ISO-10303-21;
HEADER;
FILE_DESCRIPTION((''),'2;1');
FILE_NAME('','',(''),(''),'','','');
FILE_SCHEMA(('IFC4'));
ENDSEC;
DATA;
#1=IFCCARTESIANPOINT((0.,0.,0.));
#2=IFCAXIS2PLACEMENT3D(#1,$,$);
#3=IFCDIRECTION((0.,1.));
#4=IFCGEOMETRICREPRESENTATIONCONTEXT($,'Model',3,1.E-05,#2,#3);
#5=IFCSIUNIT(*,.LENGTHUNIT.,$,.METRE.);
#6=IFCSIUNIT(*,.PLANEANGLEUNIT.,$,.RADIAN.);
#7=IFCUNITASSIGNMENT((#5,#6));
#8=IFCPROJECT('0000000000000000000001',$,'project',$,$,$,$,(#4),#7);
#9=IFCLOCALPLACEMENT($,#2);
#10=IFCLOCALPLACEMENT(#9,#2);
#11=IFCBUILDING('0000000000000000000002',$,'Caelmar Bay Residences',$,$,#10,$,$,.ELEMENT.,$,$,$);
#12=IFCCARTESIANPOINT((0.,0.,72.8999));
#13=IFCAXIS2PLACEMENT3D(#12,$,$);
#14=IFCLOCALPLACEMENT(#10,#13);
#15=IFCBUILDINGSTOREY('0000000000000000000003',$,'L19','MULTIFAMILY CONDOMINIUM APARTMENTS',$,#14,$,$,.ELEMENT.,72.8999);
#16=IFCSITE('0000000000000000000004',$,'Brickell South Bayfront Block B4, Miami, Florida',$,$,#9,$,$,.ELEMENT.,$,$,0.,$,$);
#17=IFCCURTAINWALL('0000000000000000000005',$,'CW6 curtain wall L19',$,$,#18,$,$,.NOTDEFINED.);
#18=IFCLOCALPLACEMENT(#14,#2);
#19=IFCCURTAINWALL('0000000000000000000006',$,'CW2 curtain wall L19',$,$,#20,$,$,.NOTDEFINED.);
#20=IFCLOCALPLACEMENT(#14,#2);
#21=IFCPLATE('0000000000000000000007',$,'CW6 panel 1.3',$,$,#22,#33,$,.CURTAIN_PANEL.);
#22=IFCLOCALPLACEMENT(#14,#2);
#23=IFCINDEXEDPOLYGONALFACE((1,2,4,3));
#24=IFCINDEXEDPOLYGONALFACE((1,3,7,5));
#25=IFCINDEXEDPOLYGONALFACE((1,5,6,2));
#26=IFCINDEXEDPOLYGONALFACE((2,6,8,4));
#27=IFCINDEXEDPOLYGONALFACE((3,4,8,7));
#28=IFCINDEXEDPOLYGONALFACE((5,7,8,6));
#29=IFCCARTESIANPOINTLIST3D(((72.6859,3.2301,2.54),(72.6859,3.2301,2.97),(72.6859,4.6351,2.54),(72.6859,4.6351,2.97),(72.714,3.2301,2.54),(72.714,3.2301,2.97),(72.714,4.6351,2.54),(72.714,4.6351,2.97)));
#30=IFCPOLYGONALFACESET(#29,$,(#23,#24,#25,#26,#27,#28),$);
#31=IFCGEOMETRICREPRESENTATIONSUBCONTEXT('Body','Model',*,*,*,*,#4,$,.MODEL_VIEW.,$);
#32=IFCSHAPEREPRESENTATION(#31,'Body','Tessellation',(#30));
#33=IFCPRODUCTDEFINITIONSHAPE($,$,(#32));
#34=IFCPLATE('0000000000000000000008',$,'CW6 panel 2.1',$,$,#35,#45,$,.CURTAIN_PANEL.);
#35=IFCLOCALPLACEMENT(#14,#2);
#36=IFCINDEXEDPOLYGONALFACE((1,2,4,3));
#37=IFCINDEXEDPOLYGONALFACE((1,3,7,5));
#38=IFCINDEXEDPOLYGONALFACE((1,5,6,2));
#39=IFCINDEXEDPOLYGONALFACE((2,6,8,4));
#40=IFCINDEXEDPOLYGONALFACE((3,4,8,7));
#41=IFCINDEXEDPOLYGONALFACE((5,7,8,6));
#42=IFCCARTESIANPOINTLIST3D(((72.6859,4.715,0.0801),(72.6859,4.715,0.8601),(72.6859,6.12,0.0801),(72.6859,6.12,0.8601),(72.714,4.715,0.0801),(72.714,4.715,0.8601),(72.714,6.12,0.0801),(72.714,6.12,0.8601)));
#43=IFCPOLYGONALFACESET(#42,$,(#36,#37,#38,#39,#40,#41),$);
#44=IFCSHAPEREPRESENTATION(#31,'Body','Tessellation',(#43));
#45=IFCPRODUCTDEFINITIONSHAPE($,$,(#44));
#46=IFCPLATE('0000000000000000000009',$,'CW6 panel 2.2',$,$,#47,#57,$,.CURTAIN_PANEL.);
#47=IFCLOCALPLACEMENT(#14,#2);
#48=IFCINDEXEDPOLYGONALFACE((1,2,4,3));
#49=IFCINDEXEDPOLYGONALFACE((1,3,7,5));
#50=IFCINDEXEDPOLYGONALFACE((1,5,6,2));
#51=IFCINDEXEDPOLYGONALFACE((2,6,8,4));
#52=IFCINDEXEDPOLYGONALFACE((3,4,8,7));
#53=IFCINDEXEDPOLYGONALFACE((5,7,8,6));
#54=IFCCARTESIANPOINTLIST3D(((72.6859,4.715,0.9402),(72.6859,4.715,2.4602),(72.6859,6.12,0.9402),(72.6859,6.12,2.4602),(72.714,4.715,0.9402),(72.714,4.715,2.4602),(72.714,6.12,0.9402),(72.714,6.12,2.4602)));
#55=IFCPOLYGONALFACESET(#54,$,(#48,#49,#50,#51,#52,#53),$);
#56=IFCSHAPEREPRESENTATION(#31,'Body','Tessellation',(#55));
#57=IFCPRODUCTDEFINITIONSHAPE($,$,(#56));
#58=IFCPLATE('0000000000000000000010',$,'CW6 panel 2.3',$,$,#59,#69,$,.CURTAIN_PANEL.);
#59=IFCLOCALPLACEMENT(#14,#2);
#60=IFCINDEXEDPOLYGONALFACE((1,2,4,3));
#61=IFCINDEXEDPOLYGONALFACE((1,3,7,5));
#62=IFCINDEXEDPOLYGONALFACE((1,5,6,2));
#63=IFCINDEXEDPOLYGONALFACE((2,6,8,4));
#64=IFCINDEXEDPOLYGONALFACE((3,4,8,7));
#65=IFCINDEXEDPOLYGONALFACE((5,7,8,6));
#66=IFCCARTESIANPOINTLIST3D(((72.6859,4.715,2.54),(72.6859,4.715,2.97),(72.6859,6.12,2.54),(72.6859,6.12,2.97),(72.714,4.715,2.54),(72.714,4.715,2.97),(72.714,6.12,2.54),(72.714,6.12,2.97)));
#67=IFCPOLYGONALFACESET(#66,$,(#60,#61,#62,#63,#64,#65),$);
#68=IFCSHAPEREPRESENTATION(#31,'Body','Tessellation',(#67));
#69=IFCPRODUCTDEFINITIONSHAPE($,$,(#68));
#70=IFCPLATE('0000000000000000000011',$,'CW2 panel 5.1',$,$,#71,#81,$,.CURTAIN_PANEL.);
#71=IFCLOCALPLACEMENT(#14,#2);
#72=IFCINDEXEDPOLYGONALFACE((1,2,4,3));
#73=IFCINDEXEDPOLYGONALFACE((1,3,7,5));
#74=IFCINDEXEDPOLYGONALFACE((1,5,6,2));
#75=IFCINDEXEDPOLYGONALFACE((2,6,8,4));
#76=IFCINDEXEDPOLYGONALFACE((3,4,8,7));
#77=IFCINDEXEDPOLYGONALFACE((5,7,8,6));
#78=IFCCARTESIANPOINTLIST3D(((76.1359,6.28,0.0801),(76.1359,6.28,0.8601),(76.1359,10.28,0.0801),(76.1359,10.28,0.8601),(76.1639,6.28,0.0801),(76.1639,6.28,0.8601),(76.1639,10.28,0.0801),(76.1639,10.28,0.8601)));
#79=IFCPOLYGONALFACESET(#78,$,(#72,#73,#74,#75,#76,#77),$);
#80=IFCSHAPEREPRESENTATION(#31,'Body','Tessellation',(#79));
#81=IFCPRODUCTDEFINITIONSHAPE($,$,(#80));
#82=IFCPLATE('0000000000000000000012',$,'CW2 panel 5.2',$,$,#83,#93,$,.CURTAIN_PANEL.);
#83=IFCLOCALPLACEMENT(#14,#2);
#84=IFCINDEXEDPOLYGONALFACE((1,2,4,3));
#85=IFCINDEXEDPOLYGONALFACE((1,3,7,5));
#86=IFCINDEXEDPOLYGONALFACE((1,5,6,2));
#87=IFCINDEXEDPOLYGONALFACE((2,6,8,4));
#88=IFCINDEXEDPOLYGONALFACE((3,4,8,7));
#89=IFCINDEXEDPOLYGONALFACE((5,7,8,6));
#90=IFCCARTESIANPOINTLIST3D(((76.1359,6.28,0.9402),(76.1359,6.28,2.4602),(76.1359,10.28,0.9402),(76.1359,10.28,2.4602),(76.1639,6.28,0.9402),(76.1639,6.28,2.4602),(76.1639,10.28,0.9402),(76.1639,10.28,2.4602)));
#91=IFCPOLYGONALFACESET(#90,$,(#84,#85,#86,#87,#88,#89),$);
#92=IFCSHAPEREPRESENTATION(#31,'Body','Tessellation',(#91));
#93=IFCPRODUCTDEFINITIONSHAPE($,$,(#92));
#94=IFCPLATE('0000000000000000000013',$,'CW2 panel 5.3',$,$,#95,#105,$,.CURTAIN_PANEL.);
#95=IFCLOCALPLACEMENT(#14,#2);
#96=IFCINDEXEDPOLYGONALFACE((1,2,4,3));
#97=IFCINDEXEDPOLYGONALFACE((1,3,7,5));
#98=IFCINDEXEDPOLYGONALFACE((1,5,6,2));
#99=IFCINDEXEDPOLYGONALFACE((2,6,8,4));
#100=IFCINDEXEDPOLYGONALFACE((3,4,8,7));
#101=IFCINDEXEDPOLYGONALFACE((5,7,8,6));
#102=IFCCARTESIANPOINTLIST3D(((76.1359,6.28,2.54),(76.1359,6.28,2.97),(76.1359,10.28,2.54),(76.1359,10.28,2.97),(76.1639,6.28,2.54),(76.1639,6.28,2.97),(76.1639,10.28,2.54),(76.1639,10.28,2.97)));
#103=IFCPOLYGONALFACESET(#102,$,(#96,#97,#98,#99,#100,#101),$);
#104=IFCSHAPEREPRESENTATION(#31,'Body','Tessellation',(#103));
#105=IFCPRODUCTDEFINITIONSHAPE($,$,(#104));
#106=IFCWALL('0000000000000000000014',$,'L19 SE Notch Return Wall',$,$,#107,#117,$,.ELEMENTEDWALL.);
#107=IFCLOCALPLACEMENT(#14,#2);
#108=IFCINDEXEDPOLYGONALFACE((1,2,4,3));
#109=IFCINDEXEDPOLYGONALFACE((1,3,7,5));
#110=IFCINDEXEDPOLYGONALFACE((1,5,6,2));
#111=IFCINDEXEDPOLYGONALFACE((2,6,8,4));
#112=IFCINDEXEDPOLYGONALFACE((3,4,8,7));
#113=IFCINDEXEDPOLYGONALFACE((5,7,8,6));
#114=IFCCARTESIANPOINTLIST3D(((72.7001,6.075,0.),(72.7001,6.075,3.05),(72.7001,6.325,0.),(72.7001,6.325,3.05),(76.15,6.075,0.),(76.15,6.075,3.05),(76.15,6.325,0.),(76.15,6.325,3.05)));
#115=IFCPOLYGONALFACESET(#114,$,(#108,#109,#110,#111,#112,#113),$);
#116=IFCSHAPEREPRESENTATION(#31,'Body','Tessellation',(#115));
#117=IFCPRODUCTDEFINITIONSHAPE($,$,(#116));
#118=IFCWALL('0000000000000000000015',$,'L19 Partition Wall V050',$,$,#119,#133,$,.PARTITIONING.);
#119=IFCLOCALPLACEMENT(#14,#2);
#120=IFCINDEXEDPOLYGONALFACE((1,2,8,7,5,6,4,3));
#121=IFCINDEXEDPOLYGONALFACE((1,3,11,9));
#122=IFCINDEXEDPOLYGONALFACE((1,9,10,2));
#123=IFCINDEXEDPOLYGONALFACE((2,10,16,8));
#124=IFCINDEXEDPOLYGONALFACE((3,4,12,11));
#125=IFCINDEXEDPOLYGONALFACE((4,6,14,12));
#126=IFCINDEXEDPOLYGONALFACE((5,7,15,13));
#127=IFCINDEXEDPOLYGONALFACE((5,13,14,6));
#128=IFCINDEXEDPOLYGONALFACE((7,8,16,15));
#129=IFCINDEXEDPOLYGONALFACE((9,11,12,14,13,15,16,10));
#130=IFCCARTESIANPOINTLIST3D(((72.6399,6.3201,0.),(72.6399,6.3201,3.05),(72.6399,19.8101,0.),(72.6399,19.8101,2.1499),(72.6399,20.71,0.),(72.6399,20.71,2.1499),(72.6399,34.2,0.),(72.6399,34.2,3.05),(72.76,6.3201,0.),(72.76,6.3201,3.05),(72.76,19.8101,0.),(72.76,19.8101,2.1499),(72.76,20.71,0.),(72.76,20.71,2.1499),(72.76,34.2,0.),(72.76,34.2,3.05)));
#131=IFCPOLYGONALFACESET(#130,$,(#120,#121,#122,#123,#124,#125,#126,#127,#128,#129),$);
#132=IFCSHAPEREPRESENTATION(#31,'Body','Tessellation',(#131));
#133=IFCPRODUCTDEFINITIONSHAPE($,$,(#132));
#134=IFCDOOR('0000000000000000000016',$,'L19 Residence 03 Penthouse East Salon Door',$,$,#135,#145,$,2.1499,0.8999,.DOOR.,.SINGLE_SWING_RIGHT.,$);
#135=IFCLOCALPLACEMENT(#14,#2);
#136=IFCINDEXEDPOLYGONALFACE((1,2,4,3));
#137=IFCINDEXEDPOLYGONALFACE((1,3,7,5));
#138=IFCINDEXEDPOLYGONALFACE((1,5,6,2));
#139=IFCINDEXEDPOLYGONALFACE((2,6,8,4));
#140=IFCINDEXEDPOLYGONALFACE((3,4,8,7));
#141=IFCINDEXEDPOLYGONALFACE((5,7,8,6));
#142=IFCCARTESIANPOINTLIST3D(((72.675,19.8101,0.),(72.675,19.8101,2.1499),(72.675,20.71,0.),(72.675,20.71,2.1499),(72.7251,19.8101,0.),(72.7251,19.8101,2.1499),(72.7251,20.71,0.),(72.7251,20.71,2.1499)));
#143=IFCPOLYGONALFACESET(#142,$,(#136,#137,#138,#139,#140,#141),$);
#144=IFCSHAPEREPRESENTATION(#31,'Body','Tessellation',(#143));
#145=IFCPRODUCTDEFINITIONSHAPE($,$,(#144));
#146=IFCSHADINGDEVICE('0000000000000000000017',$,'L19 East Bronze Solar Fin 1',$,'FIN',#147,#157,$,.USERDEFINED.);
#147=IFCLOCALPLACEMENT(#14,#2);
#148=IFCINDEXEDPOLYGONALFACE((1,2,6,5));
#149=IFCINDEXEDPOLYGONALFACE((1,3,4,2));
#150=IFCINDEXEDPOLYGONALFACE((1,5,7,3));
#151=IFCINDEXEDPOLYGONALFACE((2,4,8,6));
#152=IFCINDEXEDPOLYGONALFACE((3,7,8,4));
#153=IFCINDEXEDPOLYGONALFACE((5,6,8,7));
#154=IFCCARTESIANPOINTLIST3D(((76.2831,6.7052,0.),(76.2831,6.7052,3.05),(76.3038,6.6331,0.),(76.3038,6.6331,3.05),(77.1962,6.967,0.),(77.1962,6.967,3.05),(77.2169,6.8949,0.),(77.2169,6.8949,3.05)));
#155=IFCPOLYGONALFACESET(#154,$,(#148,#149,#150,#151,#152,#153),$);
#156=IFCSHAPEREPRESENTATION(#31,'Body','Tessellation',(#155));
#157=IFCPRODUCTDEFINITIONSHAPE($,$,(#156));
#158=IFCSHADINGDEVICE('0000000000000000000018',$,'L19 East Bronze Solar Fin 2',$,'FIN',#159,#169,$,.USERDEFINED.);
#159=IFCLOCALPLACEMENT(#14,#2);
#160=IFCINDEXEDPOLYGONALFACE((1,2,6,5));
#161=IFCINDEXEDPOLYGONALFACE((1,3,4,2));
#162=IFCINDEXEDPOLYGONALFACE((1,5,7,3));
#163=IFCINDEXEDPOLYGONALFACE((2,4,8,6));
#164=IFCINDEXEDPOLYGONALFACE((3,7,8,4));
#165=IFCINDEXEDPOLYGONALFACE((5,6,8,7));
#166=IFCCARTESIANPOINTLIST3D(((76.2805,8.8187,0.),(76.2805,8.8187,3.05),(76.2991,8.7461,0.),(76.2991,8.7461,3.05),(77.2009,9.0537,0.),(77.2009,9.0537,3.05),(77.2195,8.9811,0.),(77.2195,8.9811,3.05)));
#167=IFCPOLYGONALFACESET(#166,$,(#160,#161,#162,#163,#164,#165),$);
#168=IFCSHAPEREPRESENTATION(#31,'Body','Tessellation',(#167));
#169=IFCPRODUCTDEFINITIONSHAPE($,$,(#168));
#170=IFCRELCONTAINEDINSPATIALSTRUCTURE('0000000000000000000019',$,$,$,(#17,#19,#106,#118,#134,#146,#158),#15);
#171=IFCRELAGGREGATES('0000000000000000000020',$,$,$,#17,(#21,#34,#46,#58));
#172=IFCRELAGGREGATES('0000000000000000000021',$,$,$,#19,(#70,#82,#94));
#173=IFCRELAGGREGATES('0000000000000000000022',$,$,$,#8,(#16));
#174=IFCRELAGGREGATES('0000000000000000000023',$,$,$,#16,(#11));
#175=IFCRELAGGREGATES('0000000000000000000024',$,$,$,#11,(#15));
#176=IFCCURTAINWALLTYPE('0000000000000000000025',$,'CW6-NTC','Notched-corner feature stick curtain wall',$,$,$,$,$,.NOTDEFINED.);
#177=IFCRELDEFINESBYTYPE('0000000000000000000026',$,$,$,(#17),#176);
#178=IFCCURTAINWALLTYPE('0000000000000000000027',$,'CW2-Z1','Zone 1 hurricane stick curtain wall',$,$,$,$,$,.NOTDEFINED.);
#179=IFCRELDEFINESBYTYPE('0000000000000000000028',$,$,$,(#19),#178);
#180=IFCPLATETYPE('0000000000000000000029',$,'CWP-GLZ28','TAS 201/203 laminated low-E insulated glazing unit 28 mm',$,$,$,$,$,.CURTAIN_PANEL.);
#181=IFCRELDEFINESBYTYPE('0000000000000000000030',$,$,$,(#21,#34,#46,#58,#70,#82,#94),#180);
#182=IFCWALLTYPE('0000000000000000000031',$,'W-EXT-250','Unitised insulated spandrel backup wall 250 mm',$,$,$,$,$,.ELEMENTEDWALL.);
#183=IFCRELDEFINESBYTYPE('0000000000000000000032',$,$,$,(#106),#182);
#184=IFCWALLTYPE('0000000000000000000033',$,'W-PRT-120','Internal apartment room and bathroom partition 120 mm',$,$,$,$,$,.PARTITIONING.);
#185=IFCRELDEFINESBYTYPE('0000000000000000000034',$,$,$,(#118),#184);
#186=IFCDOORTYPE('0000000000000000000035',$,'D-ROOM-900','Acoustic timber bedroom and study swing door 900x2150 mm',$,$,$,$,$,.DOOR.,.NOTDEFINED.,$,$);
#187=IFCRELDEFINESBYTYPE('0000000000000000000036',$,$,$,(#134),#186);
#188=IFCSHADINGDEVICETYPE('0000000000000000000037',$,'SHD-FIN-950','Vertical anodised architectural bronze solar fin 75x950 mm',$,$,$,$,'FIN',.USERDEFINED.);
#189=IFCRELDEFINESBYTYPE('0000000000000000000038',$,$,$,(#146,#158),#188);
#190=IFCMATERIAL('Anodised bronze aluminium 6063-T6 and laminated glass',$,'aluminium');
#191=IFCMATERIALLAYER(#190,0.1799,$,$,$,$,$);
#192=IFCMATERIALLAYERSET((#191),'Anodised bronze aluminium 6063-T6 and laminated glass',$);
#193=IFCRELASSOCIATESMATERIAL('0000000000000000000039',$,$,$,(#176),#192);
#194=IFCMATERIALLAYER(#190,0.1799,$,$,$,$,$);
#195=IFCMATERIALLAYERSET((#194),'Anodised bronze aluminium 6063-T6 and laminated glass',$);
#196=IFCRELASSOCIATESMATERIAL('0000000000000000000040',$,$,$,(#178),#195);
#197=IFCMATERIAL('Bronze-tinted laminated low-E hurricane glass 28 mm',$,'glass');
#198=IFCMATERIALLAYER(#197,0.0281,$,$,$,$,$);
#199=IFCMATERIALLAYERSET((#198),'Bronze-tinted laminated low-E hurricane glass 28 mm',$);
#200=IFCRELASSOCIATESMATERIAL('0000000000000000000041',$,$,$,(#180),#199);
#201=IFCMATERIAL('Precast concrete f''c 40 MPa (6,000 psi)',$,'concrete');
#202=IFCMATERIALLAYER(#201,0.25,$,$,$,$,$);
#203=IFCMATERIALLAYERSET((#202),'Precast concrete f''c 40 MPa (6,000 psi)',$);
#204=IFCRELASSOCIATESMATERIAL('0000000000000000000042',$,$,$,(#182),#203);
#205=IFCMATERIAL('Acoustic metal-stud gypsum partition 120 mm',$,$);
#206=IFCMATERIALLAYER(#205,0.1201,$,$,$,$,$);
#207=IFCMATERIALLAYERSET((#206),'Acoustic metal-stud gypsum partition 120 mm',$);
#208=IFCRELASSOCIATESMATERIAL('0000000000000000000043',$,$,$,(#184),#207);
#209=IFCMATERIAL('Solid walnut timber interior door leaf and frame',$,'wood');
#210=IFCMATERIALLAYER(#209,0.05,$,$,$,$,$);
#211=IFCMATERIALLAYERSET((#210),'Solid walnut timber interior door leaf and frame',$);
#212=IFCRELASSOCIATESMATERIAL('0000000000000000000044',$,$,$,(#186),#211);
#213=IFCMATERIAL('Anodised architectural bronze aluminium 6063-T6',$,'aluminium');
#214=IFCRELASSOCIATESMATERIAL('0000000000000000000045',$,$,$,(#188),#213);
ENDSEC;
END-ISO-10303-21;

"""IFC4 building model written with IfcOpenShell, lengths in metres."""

from ifc_helpers import new_model, si_unit, direction, frame, frame_2d, origin, origin_2d, place, context, subcontext, project, spatial, rectangle, extrude, material, layer, layer_set, material_profile, profile_set, type_object, element, fill, aggregate, save


model = new_model("IFC4")

# Units and contexts
model_context = context("Model", 3, precision=1e-05, world=origin(), true_north=direction((0.0, 1.0)))
body_context = subcontext(model_context, "Body", "Model", "MODEL_VIEW")
ifc_project = project(units=[si_unit("LENGTHUNIT", "METRE"), si_unit("PLANEANGLEUNIT", "RADIAN")], contexts=[model_context])

# Site, building, storey
site_placement = place(None, origin())
site = spatial("IfcSite", under=ifc_project, at=site_placement, Name="Brickell South Bayfront Block B4, Miami, Florida", CompositionType="ELEMENT", RefElevation=0.0)
building_placement = place(site_placement, origin())
building = spatial("IfcBuilding", under=site, at=building_placement, Name="Caelmar Bay Residences", CompositionType="ELEMENT")
storey_placement = place(building_placement, frame((0.0, 0.0, 72.8999)))
storey = spatial("IfcBuildingStorey", under=building, at=storey_placement, Name="L19", Description="MULTIFAMILY CONDOMINIUM APARTMENTS", CompositionType="ELEMENT", Elevation=72.8999)

# Curtain wall
ifc_material_1 = material(Name="Anodised bronze aluminium 6063-T6 and laminated glass", Category="aluminium")
ifc_layer_1 = layer(ifc_material_1, 0.1799)
ifc_layer_set_1 = layer_set([ifc_layer_1], Name="Anodised bronze aluminium 6063-T6 and laminated glass")
curtain_wall_type_1 = type_object("IfcCurtainWallType", Name="CW6-NTC", Description="Notched-corner feature stick curtain wall", PredefinedType="NOTDEFINED", material=ifc_layer_set_1)
curtain_wall_1_placement = place(storey_placement, origin())
curtain_wall_1 = element("IfcCurtainWall", 1, at=curtain_wall_1_placement, inside=storey, type_object=curtain_wall_type_1, Name="CW6 curtain wall L19", PredefinedType="NOTDEFINED")

# Curtain wall
ifc_layer_2 = layer(ifc_material_1, 0.1799)
ifc_layer_set_2 = layer_set([ifc_layer_2], Name="Anodised bronze aluminium 6063-T6 and laminated glass")
curtain_wall_type_2 = type_object("IfcCurtainWallType", Name="CW2-Z1", Description="Zone 1 hurricane stick curtain wall", PredefinedType="NOTDEFINED", material=ifc_layer_set_2)
curtain_wall_2_placement = place(storey_placement, origin())
curtain_wall_2 = element("IfcCurtainWall", 2, at=curtain_wall_2_placement, inside=storey, type_object=curtain_wall_type_2, Name="CW2 curtain wall L19", PredefinedType="NOTDEFINED")

# Plates
ifc_material_2 = material(Name="Bronze-tinted laminated low-E hurricane glass 28 mm", Category="glass")
ifc_layer_3 = layer(ifc_material_2, 0.0281)
ifc_layer_set_3 = layer_set([ifc_layer_3], Name="Bronze-tinted laminated low-E hurricane glass 28 mm")
plate_type = type_object("IfcPlateType", Name="CWP-GLZ28", Description="TAS 201/203 laminated low-E insulated glazing unit 28 mm", PredefinedType="CURTAIN_PANEL", material=ifc_layer_set_3)
plate_1_placement = place(storey_placement, frame((72.7, 3.9326, 2.54), z_axis=(0.0, 0.0, 1.0), x_axis=(0.0, 1.0, 0.0)))
plate_1 = element("IfcPlate", 3, at=plate_1_placement, type_object=plate_type, Name="CW6 panel 1.3", PredefinedType="CURTAIN_PANEL", context=body_context, shape_type="SweptSolid", body=[
    extrude(rectangle(XDim=1.405, YDim=0.0281, at=origin_2d()), origin(), (0.0, 0.0, 1.0), 0.4299),
])
plate_2_placement = place(storey_placement, frame((72.7, 5.4175, 0.0801), z_axis=(0.0, 0.0, 1.0), x_axis=(0.0, 1.0, 0.0)))
plate_2 = element("IfcPlate", 4, at=plate_2_placement, type_object=plate_type, Name="CW6 panel 2.1", PredefinedType="CURTAIN_PANEL", context=body_context, shape_type="SweptSolid", body=[
    extrude(rectangle(XDim=1.405, YDim=0.0281, at=origin_2d()), origin(), (0.0, 0.0, 1.0), 0.78),
])
plate_3_placement = place(storey_placement, frame((72.7, 5.4175, 0.9402), z_axis=(0.0, 0.0, 1.0), x_axis=(0.0, 1.0, 0.0)))
plate_3 = element("IfcPlate", 5, at=plate_3_placement, type_object=plate_type, Name="CW6 panel 2.2", PredefinedType="CURTAIN_PANEL", context=body_context, shape_type="SweptSolid", body=[
    extrude(rectangle(XDim=1.405, YDim=0.0281, at=origin_2d()), origin(), (0.0, 0.0, 1.0), 1.52),
])
plate_4_placement = place(storey_placement, frame((72.7, 5.4175, 2.54), z_axis=(0.0, 0.0, 1.0), x_axis=(0.0, 1.0, 0.0)))
plate_4 = element("IfcPlate", 6, at=plate_4_placement, type_object=plate_type, Name="CW6 panel 2.3", PredefinedType="CURTAIN_PANEL", context=body_context, shape_type="SweptSolid", body=[
    extrude(rectangle(XDim=1.405, YDim=0.0281, at=origin_2d()), origin(), (0.0, 0.0, 1.0), 0.4299),
])
aggregate(curtain_wall_1, [plate_1, plate_2, plate_3, plate_4])
plate_5_placement = place(storey_placement, frame((76.1499, 8.28, 0.0801), z_axis=(0.0, 0.0, 1.0), x_axis=(0.0, -1.0, 0.0)))
plate_5 = element("IfcPlate", 7, at=plate_5_placement, type_object=plate_type, Name="CW2 panel 5.1", PredefinedType="CURTAIN_PANEL", context=body_context, shape_type="SweptSolid", body=[
    extrude(rectangle(XDim=4.0, YDim=0.0281, at=origin_2d()), origin(), (0.0, 0.0, 1.0), 0.78),
])
plate_6_placement = place(storey_placement, frame((76.1499, 8.28, 0.9402), z_axis=(0.0, 0.0, 1.0), x_axis=(0.0, -1.0, 0.0)))
plate_6 = element("IfcPlate", 8, at=plate_6_placement, type_object=plate_type, Name="CW2 panel 5.2", PredefinedType="CURTAIN_PANEL", context=body_context, shape_type="SweptSolid", body=[
    extrude(rectangle(XDim=4.0, YDim=0.0281, at=origin_2d()), origin(), (0.0, 0.0, 1.0), 1.52),
])
plate_7_placement = place(storey_placement, frame((76.1499, 8.28, 2.54), z_axis=(0.0, 0.0, 1.0), x_axis=(0.0, -1.0, 0.0)))
plate_7 = element("IfcPlate", 9, at=plate_7_placement, type_object=plate_type, Name="CW2 panel 5.3", PredefinedType="CURTAIN_PANEL", context=body_context, shape_type="SweptSolid", body=[
    extrude(rectangle(XDim=4.0, YDim=0.0281, at=origin_2d()), origin(), (0.0, 0.0, 1.0), 0.4299),
])
aggregate(curtain_wall_2, [plate_5, plate_6, plate_7])

# Wall
ifc_material_3 = material(Name="Precast concrete f'c 40 MPa (6,000 psi)", Category="concrete")
ifc_layer_4 = layer(ifc_material_3, 0.25)
ifc_layer_set_4 = layer_set([ifc_layer_4], Name="Precast concrete f'c 40 MPa (6,000 psi)")
wall_type_1 = type_object("IfcWallType", Name="W-EXT-250", Description="Unitised insulated spandrel backup wall 250 mm", PredefinedType="ELEMENTEDWALL", material=ifc_layer_set_4)
wall_1_placement = place(storey_placement, frame((72.7, 6.2, 0.0), z_axis=(0.0, 0.0, 1.0), x_axis=(1.0, 0.0, 0.0)))
element("IfcWall", 10, at=wall_1_placement, inside=storey, type_object=wall_type_1, Name="L19 SE Notch Return Wall", PredefinedType="ELEMENTEDWALL", context=body_context, shape_type="SweptSolid", body=[
    extrude(rectangle(XDim=3.45, YDim=0.25, at=frame_2d((1.7251, 0.0))), origin(), (0.0, 0.0, 1.0), 3.05),
])

# Wall, opening, door
ifc_material_4 = material(Name="Acoustic metal-stud gypsum partition 120 mm")
ifc_layer_5 = layer(ifc_material_4, 0.1201)
ifc_layer_set_5 = layer_set([ifc_layer_5], Name="Acoustic metal-stud gypsum partition 120 mm")
wall_type_2 = type_object("IfcWallType", Name="W-PRT-120", Description="Internal apartment room and bathroom partition 120 mm", PredefinedType="PARTITIONING", material=ifc_layer_set_5)
wall_2_placement = place(storey_placement, frame((72.7, 6.3201, 0.0), z_axis=(0.0, 0.0, 1.0), x_axis=(0.0, 1.0, 0.0)))
wall_2 = element("IfcWall", 11, at=wall_2_placement, inside=storey, type_object=wall_type_2, Name="L19 Partition Wall V050", PredefinedType="PARTITIONING", context=body_context, shape_type="SweptSolid", body=[
    extrude(rectangle(XDim=27.8799, YDim=0.1201, at=frame_2d((13.9399, 0.0))), origin(), (0.0, 0.0, 1.0), 3.05),
])
opening_placement = place(wall_2_placement, frame((13.49, 0.0, 0.0)))
opening = element("IfcOpeningElement", 12, at=opening_placement, cuts=wall_2, PredefinedType="OPENING", context=body_context, shape_type="SweptSolid", body=[
    extrude(rectangle(XDim=0.8999, YDim=2.1499, at=frame_2d((0.45, 1.075))), frame((0.0, 0.0701, 0.0), z_axis=(0.0, -1.0, 0.0), x_axis=(1.0, 0.0, 0.0)), (0.0, 0.0, 1.0), 0.1401),
])
ifc_material_5 = material(Name="Solid walnut timber interior door leaf and frame", Category="wood")
ifc_layer_6 = layer(ifc_material_5, 0.05)
ifc_layer_set_6 = layer_set([ifc_layer_6], Name="Solid walnut timber interior door leaf and frame")
door_type = type_object("IfcDoorType", Name="D-ROOM-900", Description="Acoustic timber bedroom and study swing door 900x2150 mm", OperationType="NOTDEFINED", PredefinedType="DOOR", material=ifc_layer_set_6)
door_placement = place(opening_placement, origin())
door = element("IfcDoor", 13, at=door_placement, inside=storey, type_object=door_type, Name="L19 Residence 03 Penthouse East Salon Door", OperationType="SINGLE_SWING_RIGHT", OverallHeight=2.1499, OverallWidth=0.8999, PredefinedType="DOOR", context=body_context, shape_type="SweptSolid", body=[
    extrude(rectangle(XDim=0.8999, YDim=2.1499, at=frame_2d((0.45, 1.075))), frame((0.0, 0.0249, 0.0), z_axis=(0.0, -1.0, 0.0), x_axis=(1.0, 0.0, 0.0)), (0.0, 0.0, 1.0), 0.05),
])
fill(opening, door)

# Shading devices
ifc_material_6 = material(Name="Anodised architectural bronze aluminium 6063-T6", Category="aluminium")
ifc_material_profile_1 = material_profile(ifc_material_6, rectangle(XDim=0.075, YDim=0.95, at=origin_2d()), Name="BRONZE-FIN-75X950")
ifc_profile_set_1 = profile_set([ifc_material_profile_1], Name="Anodised architectural bronze aluminium 6063-T6")
shading_device_type = type_object("IfcShadingDeviceType", Name="SHD-FIN-950", Description="Vertical anodised architectural bronze solar fin 75x950 mm", ElementType="FIN", PredefinedType="USERDEFINED", material=ifc_profile_set_1)
for number, where, z_axis, x_axis, name in (
    (14, (76.75, 6.8, 0.0), (0.0, 0.0, 1.0), (-0.275637, 0.961262, 0.0), "L19 East Bronze Solar Fin 1"),
    (15, (76.75, 8.8999, 0.0), (0.0, 0.0, 1.0), (-0.247337, 0.968929, 0.0), "L19 East Bronze Solar Fin 2"),
):
    element("IfcShadingDevice", number, at=place(storey_placement, frame(where, z_axis=z_axis, x_axis=x_axis)), inside=storey, type_object=shading_device_type, Name=name, ObjectType="FIN", PredefinedType="USERDEFINED", context=body_context, shape_type="SweptSolid", body=[
        extrude(rectangle(XDim=0.075, YDim=0.95, at=origin_2d()), origin(), (0.0, 0.0, 1.0), 3.05),
    ])

save(model, "model.ifc")
